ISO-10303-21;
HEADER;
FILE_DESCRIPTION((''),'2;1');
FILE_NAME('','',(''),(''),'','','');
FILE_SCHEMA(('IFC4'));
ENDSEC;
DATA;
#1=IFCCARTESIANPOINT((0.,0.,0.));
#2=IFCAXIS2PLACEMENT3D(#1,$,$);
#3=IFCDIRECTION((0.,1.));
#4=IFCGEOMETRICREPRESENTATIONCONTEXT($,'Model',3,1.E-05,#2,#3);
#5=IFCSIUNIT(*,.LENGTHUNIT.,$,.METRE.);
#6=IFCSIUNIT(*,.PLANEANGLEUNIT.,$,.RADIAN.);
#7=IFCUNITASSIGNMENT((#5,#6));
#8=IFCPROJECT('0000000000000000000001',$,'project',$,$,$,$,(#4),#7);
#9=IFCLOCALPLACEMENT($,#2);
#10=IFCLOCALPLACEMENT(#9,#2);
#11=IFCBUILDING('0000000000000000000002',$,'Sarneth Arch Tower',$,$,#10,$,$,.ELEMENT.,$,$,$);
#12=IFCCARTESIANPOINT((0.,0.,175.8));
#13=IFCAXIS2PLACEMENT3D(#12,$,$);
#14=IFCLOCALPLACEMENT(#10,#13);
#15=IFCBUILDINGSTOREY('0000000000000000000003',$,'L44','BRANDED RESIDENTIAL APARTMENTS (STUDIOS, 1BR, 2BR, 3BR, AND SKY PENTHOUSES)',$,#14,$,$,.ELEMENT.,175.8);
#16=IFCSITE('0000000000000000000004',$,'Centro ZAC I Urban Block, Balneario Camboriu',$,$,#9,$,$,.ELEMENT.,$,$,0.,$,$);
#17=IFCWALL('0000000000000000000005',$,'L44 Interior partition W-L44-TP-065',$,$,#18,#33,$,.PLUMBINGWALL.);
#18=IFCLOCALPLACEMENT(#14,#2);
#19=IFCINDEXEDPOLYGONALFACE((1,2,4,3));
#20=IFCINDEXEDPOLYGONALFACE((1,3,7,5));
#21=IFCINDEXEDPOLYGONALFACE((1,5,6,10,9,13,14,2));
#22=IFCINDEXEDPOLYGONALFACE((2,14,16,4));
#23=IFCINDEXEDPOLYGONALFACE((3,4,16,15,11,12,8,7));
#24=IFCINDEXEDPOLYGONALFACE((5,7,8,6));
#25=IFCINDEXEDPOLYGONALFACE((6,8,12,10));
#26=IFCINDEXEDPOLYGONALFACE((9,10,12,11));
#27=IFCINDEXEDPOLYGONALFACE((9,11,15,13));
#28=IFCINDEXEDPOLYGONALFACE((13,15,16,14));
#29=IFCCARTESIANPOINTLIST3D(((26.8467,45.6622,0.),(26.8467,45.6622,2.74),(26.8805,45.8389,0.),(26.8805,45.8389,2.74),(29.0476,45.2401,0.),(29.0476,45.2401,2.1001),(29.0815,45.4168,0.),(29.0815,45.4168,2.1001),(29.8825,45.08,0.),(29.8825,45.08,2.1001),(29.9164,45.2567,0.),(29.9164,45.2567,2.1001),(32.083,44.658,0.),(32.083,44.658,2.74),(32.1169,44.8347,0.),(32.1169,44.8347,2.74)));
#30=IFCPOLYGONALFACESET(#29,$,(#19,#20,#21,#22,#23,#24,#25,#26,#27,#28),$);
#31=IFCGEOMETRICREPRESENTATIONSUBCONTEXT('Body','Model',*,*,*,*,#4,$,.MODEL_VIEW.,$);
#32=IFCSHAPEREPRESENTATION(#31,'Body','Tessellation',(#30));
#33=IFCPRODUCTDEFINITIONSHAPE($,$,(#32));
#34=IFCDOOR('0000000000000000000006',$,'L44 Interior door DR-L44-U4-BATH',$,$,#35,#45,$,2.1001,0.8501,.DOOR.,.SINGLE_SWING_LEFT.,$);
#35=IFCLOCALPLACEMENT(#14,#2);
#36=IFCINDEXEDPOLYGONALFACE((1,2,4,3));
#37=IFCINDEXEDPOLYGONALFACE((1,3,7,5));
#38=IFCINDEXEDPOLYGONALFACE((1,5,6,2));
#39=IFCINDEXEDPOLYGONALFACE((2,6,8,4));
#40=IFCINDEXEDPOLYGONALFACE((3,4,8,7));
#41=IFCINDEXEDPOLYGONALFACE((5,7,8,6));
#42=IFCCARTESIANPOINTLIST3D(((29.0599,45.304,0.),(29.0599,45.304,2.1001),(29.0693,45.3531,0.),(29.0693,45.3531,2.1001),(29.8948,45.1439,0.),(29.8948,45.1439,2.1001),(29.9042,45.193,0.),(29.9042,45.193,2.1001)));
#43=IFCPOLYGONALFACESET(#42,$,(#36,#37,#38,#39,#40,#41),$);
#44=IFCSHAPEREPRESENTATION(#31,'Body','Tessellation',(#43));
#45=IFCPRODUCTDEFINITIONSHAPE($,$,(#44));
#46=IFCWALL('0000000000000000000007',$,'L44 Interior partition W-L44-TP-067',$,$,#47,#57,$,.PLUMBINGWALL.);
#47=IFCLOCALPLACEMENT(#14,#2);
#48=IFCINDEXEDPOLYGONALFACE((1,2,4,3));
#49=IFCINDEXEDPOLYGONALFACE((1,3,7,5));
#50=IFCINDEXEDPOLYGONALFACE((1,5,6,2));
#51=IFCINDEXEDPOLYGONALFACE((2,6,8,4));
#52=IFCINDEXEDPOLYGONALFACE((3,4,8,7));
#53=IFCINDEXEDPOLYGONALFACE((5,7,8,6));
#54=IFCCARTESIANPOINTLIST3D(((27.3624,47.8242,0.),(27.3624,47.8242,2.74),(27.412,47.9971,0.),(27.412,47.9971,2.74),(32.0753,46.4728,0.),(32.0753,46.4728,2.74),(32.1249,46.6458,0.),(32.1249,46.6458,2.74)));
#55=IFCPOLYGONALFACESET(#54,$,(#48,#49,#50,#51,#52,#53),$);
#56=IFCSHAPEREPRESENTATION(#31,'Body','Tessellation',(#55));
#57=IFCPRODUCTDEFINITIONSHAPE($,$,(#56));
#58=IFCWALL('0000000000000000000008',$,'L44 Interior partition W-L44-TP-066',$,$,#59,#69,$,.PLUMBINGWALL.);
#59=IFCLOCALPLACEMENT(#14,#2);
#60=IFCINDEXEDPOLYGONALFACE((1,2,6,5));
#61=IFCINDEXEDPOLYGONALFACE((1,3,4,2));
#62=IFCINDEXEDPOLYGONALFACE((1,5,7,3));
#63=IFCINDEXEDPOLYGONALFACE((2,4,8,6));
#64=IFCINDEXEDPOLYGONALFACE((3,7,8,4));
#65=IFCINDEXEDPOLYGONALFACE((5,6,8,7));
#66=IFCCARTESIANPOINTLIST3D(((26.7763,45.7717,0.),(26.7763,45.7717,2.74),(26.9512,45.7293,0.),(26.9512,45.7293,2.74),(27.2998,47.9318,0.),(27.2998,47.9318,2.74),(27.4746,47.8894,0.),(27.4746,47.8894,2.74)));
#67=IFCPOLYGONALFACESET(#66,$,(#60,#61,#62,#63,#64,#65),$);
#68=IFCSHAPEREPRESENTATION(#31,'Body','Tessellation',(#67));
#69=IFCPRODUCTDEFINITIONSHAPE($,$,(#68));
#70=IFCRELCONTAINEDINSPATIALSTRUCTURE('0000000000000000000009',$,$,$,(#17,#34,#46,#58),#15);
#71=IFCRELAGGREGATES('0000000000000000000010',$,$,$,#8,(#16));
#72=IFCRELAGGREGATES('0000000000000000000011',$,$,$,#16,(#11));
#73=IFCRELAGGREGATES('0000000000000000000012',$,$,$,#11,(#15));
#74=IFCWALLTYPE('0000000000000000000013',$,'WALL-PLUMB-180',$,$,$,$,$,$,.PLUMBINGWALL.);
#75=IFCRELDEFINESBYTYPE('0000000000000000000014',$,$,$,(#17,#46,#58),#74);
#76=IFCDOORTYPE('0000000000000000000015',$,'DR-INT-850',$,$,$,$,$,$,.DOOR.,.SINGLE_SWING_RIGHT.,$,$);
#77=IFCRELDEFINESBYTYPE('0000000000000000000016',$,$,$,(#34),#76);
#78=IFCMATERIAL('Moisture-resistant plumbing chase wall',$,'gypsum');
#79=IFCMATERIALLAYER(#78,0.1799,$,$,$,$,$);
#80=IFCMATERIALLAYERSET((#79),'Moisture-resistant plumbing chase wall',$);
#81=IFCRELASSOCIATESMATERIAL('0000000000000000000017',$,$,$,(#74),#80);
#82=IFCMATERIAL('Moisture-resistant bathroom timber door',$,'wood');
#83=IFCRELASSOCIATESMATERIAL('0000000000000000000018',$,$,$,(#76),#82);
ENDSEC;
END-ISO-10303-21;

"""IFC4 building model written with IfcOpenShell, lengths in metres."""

from ifc_helpers import new_model, si_unit, direction, frame, frame_2d, origin, place, context, subcontext, project, spatial, rectangle, extrude, material, layer, layer_set, type_object, element, fill, save


model = new_model("IFC4")

# Units and contexts
model_context = context("Model", 3, precision=1e-05, world=origin(), true_north=direction((0.0, 1.0)))
body_context = subcontext(model_context, "Body", "Model", "MODEL_VIEW")
ifc_project = project(units=[si_unit("LENGTHUNIT", "METRE"), si_unit("PLANEANGLEUNIT", "RADIAN")], contexts=[model_context])

# Site, building, storey
site_placement = place(None, origin())
site = spatial("IfcSite", under=ifc_project, at=site_placement, Name="Centro ZAC I Urban Block, Balneario Camboriu", CompositionType="ELEMENT", RefElevation=0.0)
building_placement = place(site_placement, origin())
building = spatial("IfcBuilding", under=site, at=building_placement, Name="Sarneth Arch Tower", CompositionType="ELEMENT")
storey_placement = place(building_placement, frame((0.0, 0.0, 175.8)))
storey = spatial("IfcBuildingStorey", under=building, at=storey_placement, Name="L44", Description="BRANDED RESIDENTIAL APARTMENTS (STUDIOS, 1BR, 2BR, 3BR, AND SKY PENTHOUSES)", CompositionType="ELEMENT", Elevation=175.8)

# Wall, opening, door
ifc_material_1 = material(Name="Moisture-resistant plumbing chase wall", Category="gypsum")
ifc_layer_1 = layer(ifc_material_1, 0.1799)
ifc_layer_set_1 = layer_set([ifc_layer_1], Name="Moisture-resistant plumbing chase wall")
wall_type_1 = type_object("IfcWallType", Name="WALL-PLUMB-180", PredefinedType="PLUMBINGWALL", material=ifc_layer_set_1)
wall_1_placement = place(storey_placement, frame((32.1001, 44.7463, 0.0), z_axis=(0.0, 0.0, 1.0), x_axis=(-0.982105, 0.188334, 0.0)))
wall_1 = element("IfcWall", 1, at=wall_1_placement, inside=storey, type_object=wall_type_1, Name="L44 Interior partition W-L44-TP-065", PredefinedType="PLUMBINGWALL", context=body_context, shape_type="SweptSolid", body=[
    extrude(rectangle(XDim=5.3318, YDim=0.1799, at=frame_2d((2.666, 0.0))), origin(), (0.0, 0.0, 1.0), 2.74),
])
opening_1_placement = place(wall_1_placement, frame((2.2407, 0.0, 0.0)))
opening_1 = element("IfcOpeningElement", 2, at=opening_1_placement, cuts=wall_1, PredefinedType="OPENING", context=body_context, shape_type="SweptSolid", body=[
    extrude(rectangle(XDim=0.8501, YDim=2.1001, at=frame_2d((0.425, 1.05))), frame((0.0, 0.0999, 0.0), z_axis=(0.0, -1.0, 0.0), x_axis=(1.0, 0.0, 0.0)), (0.0, 0.0, 1.0), 0.2),
])
ifc_material_2 = material(Name="Moisture-resistant bathroom timber door", Category="wood")
door_type_1 = type_object("IfcDoorType", Name="DR-INT-850", OperationType="SINGLE_SWING_RIGHT", PredefinedType="DOOR", material=ifc_material_2)
door_1_placement = place(opening_1_placement, origin())
door_1 = element("IfcDoor", 3, at=door_1_placement, inside=storey, type_object=door_type_1, Name="L44 Interior door DR-L44-U4-BATH", OperationType="SINGLE_SWING_LEFT", OverallHeight=2.1001, OverallWidth=0.8501, PredefinedType="DOOR", context=body_context, shape_type="SweptSolid", body=[
    extrude(rectangle(XDim=0.8501, YDim=2.1001, at=frame_2d((0.425, 1.05))), frame((0.0, 0.0249, 0.0), z_axis=(0.0, -1.0, 0.0), x_axis=(1.0, 0.0, 0.0)), (0.0, 0.0, 1.0), 0.05),
])
fill(opening_1, door_1)

# Walls
wall_2_placement = place(storey_placement, frame((27.3872, 47.9106, 0.0), z_axis=(0.0, 0.0, 1.0), x_axis=(0.961266, -0.275622, 0.0)))
element("IfcWall", 4, at=wall_2_placement, inside=storey, type_object=wall_type_1, Name="L44 Interior partition W-L44-TP-067", PredefinedType="PLUMBINGWALL", context=body_context, shape_type="SweptSolid", body=[
    extrude(rectangle(XDim=4.9028, YDim=0.1799, at=frame_2d((2.4514, 0.0))), origin(), (0.0, 0.0, 1.0), 2.74),
])
wall_3_placement = place(storey_placement, frame((26.8638, 45.7505, 0.0), z_axis=(0.0, 0.0, 1.0), x_axis=(0.235499, 0.971874, 0.0)))
element("IfcWall", 5, at=wall_3_placement, inside=storey, type_object=wall_type_1, Name="L44 Interior partition W-L44-TP-066", PredefinedType="PLUMBINGWALL", context=body_context, shape_type="SweptSolid", body=[
    extrude(rectangle(XDim=2.2227, YDim=0.1799, at=frame_2d((1.1113, 0.0))), origin(), (0.0, 0.0, 1.0), 2.74),
])

save(model, "model.ifc")
